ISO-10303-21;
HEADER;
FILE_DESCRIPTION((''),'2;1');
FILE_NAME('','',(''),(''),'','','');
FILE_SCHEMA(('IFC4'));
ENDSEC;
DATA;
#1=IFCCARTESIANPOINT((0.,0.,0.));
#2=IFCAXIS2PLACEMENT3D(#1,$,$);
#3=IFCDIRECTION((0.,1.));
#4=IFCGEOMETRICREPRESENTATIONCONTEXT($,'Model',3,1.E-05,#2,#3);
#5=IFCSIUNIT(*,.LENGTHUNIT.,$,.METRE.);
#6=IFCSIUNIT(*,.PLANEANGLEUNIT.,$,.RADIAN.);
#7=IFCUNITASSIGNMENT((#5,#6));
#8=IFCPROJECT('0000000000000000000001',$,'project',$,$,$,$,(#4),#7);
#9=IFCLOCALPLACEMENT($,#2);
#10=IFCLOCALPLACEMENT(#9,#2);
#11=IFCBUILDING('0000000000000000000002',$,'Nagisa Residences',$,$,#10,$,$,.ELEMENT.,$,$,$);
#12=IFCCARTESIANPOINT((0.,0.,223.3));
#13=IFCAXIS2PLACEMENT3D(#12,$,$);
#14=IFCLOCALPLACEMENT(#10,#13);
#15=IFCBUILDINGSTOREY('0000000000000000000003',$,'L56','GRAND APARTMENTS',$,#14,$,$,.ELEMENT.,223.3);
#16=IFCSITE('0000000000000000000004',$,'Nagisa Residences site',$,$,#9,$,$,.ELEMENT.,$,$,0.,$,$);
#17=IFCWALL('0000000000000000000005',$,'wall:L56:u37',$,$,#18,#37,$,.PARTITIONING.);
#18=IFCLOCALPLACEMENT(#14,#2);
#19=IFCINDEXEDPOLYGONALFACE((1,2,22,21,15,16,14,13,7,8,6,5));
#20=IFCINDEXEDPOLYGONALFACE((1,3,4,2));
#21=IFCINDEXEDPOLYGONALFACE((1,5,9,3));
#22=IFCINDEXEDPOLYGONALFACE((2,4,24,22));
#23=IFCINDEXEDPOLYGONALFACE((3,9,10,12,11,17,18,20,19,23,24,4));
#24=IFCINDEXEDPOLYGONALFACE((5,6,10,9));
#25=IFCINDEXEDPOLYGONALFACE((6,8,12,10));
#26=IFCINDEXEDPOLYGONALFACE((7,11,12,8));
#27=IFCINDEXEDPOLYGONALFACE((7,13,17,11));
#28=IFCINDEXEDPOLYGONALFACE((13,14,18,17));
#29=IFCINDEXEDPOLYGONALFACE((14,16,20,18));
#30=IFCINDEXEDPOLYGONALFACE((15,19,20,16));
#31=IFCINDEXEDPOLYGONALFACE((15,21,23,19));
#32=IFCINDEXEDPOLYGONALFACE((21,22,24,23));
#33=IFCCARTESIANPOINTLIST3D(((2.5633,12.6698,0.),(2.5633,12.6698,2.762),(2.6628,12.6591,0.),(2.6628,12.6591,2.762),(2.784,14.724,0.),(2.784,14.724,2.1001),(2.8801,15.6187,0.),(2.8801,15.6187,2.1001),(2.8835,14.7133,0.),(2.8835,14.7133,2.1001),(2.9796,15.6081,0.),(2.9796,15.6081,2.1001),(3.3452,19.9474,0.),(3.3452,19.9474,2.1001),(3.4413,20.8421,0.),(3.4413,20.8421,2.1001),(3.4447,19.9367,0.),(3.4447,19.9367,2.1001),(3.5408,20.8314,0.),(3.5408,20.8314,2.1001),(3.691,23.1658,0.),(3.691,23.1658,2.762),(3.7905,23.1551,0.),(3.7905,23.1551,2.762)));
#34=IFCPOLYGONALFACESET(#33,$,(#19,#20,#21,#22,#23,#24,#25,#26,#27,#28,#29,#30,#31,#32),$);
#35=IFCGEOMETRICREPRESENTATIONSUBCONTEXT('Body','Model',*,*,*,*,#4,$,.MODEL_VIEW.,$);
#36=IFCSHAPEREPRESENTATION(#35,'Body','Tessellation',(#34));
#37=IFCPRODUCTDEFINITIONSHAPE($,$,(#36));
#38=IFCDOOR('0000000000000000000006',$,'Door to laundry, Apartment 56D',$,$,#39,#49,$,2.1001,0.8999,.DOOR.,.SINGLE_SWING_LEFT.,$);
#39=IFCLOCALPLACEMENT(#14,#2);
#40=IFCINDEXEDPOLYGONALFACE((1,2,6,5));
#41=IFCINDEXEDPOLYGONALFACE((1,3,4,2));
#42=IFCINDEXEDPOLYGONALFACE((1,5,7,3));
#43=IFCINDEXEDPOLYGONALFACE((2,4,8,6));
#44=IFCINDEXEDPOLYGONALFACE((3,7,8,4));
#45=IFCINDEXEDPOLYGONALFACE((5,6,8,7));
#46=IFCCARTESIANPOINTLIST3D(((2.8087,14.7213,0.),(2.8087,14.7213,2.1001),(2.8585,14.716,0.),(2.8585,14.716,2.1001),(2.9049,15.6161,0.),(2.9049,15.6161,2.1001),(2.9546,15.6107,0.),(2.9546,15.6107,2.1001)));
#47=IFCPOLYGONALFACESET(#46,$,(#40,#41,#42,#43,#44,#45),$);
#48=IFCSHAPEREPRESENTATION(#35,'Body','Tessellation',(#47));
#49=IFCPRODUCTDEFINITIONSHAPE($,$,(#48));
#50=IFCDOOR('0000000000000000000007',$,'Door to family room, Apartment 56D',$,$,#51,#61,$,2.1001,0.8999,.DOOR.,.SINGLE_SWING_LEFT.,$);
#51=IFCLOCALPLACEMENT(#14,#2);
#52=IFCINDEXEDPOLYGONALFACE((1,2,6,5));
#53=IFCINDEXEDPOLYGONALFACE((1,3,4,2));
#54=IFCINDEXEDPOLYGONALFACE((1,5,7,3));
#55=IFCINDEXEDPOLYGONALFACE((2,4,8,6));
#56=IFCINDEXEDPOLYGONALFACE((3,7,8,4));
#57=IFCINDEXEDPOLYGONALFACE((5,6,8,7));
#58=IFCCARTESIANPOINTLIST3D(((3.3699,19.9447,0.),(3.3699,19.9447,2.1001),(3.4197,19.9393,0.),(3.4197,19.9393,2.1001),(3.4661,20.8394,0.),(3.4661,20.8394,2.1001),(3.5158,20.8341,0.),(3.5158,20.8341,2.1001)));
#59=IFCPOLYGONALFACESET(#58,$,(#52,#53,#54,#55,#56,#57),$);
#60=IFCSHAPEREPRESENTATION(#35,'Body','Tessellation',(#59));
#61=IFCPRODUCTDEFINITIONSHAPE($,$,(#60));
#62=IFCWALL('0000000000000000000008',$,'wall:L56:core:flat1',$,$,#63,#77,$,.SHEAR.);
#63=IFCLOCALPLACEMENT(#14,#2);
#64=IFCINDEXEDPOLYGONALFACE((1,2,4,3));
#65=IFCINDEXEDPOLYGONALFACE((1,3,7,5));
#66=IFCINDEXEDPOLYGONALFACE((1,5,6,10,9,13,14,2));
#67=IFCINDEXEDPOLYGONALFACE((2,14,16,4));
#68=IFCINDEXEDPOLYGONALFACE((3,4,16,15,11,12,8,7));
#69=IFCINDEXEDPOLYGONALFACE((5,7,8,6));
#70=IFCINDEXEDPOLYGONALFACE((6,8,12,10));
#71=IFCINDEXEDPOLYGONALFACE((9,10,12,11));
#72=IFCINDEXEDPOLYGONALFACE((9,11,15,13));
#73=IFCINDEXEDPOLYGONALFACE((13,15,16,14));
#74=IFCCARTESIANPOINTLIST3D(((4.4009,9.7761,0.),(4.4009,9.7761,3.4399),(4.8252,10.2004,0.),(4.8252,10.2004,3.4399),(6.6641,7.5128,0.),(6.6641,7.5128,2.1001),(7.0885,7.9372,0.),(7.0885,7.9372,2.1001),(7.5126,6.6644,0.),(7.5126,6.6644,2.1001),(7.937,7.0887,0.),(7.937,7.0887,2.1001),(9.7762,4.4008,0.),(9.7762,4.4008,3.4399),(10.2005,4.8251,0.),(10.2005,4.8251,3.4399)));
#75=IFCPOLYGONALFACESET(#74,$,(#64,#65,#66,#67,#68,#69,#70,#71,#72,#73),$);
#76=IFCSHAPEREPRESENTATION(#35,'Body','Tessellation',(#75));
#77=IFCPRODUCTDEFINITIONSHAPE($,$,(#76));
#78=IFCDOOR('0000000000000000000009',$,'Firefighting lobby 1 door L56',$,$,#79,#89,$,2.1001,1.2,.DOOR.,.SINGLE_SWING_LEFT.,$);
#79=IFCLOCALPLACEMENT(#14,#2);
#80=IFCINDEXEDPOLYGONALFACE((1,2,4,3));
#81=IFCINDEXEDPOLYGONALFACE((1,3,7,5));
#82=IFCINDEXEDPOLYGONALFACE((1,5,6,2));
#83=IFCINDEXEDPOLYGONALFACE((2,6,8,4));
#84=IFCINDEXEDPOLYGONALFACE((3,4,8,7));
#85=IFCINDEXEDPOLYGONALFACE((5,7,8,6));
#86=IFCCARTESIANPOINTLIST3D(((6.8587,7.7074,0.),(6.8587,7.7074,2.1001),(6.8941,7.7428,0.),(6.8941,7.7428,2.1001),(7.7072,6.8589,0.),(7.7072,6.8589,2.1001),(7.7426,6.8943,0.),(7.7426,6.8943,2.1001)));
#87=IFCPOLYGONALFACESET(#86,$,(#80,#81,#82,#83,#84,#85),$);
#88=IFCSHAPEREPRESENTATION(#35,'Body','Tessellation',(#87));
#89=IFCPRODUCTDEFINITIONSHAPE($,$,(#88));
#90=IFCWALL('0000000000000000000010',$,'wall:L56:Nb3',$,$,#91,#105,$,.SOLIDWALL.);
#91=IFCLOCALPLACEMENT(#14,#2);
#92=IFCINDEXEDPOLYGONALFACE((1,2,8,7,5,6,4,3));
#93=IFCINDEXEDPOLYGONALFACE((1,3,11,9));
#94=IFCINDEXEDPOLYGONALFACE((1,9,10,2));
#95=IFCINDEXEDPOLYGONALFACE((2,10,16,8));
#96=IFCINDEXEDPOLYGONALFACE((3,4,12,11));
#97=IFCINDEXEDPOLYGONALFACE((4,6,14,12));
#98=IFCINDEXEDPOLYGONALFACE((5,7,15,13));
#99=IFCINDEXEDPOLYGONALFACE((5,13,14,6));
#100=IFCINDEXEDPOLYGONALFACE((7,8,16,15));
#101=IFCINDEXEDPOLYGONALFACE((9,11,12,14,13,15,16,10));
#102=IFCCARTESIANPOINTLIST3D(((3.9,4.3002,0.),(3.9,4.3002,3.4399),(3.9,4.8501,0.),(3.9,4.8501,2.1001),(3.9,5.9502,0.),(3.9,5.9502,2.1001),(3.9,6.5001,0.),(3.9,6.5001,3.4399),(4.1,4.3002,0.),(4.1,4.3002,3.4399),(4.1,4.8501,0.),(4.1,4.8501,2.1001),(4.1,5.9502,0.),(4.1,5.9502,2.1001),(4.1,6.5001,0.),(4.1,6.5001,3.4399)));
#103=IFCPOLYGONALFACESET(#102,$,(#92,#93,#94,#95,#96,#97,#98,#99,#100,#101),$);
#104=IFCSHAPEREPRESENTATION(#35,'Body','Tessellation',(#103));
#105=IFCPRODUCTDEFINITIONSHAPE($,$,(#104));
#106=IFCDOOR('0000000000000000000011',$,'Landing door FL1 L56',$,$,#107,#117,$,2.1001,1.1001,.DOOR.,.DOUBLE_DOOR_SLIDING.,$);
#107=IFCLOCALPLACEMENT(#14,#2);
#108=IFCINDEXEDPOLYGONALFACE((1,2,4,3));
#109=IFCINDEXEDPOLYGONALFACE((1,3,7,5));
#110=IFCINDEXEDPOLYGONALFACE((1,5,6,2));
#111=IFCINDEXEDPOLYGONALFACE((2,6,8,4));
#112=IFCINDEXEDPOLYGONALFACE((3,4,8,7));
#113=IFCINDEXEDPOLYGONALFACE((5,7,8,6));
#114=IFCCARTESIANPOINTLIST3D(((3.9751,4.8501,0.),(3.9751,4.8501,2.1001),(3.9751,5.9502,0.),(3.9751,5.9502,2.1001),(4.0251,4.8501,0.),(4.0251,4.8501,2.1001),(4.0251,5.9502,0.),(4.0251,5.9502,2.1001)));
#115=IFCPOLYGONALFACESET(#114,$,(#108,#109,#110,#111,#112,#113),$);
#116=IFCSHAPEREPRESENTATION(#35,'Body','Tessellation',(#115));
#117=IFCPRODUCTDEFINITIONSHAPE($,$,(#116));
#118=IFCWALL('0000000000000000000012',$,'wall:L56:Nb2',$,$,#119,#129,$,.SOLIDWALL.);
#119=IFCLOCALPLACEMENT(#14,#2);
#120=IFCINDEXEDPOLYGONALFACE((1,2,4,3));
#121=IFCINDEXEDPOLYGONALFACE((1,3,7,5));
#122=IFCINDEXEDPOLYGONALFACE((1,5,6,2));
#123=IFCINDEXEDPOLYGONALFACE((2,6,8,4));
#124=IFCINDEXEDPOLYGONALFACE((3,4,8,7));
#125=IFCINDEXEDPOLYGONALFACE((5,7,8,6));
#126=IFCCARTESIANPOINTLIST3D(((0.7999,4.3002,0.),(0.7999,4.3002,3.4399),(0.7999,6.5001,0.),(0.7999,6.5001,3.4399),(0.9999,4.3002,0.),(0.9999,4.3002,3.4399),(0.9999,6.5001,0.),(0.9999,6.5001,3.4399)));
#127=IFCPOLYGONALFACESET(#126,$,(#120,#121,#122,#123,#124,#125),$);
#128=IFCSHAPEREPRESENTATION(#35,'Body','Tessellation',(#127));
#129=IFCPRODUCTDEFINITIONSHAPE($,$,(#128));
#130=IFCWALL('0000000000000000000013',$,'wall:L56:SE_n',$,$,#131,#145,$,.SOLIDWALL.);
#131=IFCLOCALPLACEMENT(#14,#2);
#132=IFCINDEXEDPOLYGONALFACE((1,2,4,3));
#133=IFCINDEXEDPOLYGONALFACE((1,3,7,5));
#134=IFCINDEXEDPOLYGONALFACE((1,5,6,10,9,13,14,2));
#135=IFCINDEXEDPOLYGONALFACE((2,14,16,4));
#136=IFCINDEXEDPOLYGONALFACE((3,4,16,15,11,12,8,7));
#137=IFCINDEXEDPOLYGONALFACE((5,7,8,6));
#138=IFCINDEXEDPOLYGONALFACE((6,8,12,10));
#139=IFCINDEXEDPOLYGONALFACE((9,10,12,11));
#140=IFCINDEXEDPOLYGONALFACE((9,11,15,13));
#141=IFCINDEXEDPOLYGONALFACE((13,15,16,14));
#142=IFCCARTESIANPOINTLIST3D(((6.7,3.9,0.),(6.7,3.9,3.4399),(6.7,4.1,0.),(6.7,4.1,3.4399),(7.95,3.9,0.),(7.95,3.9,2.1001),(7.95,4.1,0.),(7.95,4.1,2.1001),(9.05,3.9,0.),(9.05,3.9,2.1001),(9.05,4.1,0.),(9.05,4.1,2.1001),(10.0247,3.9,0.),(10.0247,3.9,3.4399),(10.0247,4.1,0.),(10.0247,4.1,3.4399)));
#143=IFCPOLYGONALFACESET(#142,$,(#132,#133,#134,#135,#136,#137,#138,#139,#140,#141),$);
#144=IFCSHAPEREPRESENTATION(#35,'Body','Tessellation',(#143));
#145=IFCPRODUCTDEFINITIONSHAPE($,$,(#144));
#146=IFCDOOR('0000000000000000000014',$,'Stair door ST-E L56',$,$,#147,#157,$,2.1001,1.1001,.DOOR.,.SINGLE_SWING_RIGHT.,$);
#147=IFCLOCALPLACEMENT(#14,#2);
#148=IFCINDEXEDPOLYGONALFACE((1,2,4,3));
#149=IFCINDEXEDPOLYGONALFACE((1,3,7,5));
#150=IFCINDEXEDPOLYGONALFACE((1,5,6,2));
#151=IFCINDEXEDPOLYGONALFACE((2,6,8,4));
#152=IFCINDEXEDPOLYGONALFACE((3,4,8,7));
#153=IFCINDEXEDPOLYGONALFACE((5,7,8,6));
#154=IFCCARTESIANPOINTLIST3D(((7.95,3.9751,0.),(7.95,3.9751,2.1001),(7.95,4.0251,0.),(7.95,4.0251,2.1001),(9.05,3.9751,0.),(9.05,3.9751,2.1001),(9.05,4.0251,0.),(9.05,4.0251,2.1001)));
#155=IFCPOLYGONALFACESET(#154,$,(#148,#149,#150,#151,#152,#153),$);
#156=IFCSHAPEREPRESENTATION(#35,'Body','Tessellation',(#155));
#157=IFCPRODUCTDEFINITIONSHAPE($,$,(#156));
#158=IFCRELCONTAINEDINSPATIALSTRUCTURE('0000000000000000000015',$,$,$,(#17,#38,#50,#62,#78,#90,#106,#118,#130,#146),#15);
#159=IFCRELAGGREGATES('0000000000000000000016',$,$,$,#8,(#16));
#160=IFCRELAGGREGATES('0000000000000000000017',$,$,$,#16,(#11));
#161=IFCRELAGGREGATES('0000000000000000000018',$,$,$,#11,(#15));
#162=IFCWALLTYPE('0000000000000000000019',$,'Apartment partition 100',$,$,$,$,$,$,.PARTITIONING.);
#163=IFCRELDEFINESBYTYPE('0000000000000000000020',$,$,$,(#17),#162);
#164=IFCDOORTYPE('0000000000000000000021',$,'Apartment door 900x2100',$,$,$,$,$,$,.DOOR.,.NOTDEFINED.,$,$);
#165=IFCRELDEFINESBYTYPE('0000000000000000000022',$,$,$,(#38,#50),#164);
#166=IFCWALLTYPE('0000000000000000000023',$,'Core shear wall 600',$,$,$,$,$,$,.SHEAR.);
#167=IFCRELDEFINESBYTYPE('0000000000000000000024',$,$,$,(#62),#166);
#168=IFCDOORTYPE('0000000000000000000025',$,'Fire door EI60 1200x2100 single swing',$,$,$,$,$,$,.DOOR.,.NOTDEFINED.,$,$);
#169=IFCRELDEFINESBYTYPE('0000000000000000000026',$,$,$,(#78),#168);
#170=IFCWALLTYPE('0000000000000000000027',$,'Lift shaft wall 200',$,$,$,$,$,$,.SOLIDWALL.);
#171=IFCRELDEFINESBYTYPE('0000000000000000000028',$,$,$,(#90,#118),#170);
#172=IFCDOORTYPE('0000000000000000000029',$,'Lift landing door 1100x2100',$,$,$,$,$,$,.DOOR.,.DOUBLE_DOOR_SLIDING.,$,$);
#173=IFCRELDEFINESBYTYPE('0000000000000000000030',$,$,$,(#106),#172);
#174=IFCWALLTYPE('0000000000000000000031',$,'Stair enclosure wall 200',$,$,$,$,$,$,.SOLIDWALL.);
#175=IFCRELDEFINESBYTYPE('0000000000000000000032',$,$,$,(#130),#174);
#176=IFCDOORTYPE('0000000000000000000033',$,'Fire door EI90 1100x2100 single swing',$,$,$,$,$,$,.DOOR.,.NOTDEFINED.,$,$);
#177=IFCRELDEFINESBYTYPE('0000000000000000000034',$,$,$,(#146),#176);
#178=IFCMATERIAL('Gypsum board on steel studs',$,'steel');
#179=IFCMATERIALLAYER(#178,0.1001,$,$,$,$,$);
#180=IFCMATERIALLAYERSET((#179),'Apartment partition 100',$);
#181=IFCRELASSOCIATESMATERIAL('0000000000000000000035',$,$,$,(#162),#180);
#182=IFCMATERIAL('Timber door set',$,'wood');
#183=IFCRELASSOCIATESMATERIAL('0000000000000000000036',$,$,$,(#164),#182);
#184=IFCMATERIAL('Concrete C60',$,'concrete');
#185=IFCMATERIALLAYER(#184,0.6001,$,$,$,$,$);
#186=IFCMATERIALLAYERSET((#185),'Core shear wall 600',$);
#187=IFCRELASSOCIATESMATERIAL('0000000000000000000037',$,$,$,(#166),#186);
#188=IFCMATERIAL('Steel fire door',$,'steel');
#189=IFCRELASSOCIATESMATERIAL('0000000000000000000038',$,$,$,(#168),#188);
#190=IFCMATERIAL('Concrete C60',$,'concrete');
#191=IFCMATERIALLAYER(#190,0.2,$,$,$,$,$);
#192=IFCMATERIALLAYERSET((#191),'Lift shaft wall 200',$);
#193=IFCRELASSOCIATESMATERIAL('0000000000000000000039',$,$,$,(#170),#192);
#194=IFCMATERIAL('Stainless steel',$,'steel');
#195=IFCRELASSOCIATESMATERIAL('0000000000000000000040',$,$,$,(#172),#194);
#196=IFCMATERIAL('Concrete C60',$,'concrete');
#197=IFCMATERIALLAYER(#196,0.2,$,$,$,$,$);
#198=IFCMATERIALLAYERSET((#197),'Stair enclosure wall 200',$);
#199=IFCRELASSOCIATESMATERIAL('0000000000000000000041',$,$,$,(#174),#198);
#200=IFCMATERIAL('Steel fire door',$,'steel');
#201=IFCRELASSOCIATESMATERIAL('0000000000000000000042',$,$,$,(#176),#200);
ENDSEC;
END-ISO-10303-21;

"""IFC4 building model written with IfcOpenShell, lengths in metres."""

from ifc_helpers import new_model, si_unit, direction, frame, frame_2d, origin, place, context, subcontext, project, spatial, rectangle, extrude, material, layer, layer_set, type_object, element, fill, save


model = new_model("IFC4")

# Units and contexts
model_context = context("Model", 3, precision=1e-05, world=origin(), true_north=direction((0.0, 1.0)))
body_context = subcontext(model_context, "Body", "Model", "MODEL_VIEW")
ifc_project = project(units=[si_unit("LENGTHUNIT", "METRE"), si_unit("PLANEANGLEUNIT", "RADIAN")], contexts=[model_context])

# Site, building, storey
site_placement = place(None, origin())
site = spatial("IfcSite", under=ifc_project, at=site_placement, Name="Nagisa Residences site", CompositionType="ELEMENT", RefElevation=0.0)
building_placement = place(site_placement, origin())
building = spatial("IfcBuilding", under=site, at=building_placement, Name="Nagisa Residences", CompositionType="ELEMENT")
storey_placement = place(building_placement, frame((0.0, 0.0, 223.3)))
storey = spatial("IfcBuildingStorey", under=building, at=storey_placement, Name="L56", Description="GRAND APARTMENTS", CompositionType="ELEMENT", Elevation=223.3)

# Shared definitions
ifc_material_1 = material(Name="Gypsum board on steel studs", Category="steel")
ifc_layer_1 = layer(ifc_material_1, 0.1001)
ifc_layer_set_1 = layer_set([ifc_layer_1], Name="Apartment partition 100")
wall_type_1 = type_object("IfcWallType", Name="Apartment partition 100", PredefinedType="PARTITIONING", material=ifc_layer_set_1)
ifc_material_2 = material(Name="Timber door set", Category="wood")
door_type_1 = type_object("IfcDoorType", Name="Apartment door 900x2100", OperationType="NOTDEFINED", PredefinedType="DOOR", material=ifc_material_2)

# Wall, openings, doors
wall_1_placement = place(storey_placement, frame((2.613, 12.6643, 0.0), z_axis=(0.0, 0.0, 1.0), x_axis=(0.106824, 0.994278, 0.0)))
wall_1 = element("IfcWall", 1, at=wall_1_placement, inside=storey, type_object=wall_type_1, Name="wall:L56:u37", PredefinedType="PARTITIONING", context=body_context, shape_type="SweptSolid", body=[
    extrude(rectangle(XDim=10.5564, YDim=0.1001, at=frame_2d((5.2783, 0.0))), origin(), (0.0, 0.0, 1.0), 2.762),
])
opening_1_placement = place(wall_1_placement, frame((2.0662, 0.0, 0.0)))
opening_1 = element("IfcOpeningElement", 2, at=opening_1_placement, cuts=wall_1, PredefinedType="OPENING", context=body_context, shape_type="SweptSolid", body=[
    extrude(rectangle(XDim=0.8999, YDim=2.1001, at=frame_2d((0.45, 1.05))), frame((0.0, 0.0601, 0.0), z_axis=(0.0, -1.0, 0.0), x_axis=(1.0, 0.0, 0.0)), (0.0, 0.0, 1.0), 0.1201),
])
opening_2_placement = place(wall_1_placement, frame((7.3196, 0.0, 0.0)))
opening_2 = element("IfcOpeningElement", 3, at=opening_2_placement, cuts=wall_1, PredefinedType="OPENING", context=body_context, shape_type="SweptSolid", body=[
    extrude(rectangle(XDim=0.8999, YDim=2.1001, at=frame_2d((0.45, 1.05))), frame((0.0, 0.0601, 0.0), z_axis=(0.0, -1.0, 0.0), x_axis=(1.0, 0.0, 0.0)), (0.0, 0.0, 1.0), 0.1201),
])
door_1_placement = place(opening_1_placement, frame((0.8999, 0.0, 0.0), x_axis=(-1.0, 0.0, 0.0)))
door_1 = element("IfcDoor", 4, at=door_1_placement, inside=storey, type_object=door_type_1, Name="Door to laundry, Apartment 56D", OperationType="SINGLE_SWING_LEFT", OverallHeight=2.1001, OverallWidth=0.8999, PredefinedType="DOOR", context=body_context, shape_type="SweptSolid", body=[
    extrude(rectangle(XDim=0.8999, YDim=2.1001, at=frame_2d((0.45, 1.05))), frame((0.0, 0.0249, 0.0), z_axis=(0.0, -1.0, 0.0), x_axis=(1.0, 0.0, 0.0)), (0.0, 0.0, 1.0), 0.05),
])
fill(opening_1, door_1)
door_2_placement = place(opening_2_placement, frame((0.8999, 0.0, 0.0), x_axis=(-1.0, 0.0, 0.0)))
door_2 = element("IfcDoor", 5, at=door_2_placement, inside=storey, type_object=door_type_1, Name="Door to family room, Apartment 56D", OperationType="SINGLE_SWING_LEFT", OverallHeight=2.1001, OverallWidth=0.8999, PredefinedType="DOOR", context=body_context, shape_type="SweptSolid", body=[
    extrude(rectangle(XDim=0.8999, YDim=2.1001, at=frame_2d((0.45, 1.05))), frame((0.0, 0.0249, 0.0), z_axis=(0.0, -1.0, 0.0), x_axis=(1.0, 0.0, 0.0)), (0.0, 0.0, 1.0), 0.05),
])
fill(opening_2, door_2)

# Walls, openings, doors
ifc_material_3 = material(Name="Concrete C60", Category="concrete")
ifc_layer_2 = layer(ifc_material_3, 0.6001)
ifc_layer_set_2 = layer_set([ifc_layer_2], Name="Core shear wall 600")
wall_type_2 = type_object("IfcWallType", Name="Core shear wall 600", PredefinedType="SHEAR", material=ifc_layer_set_2)
wall_2_placement = place(storey_placement, frame((9.9883, 4.613, 0.0), z_axis=(0.0, 0.0, 1.0), x_axis=(-0.707107, 0.707107, 0.0)))
wall_2 = element("IfcWall", 6, at=wall_2_placement, inside=storey, type_object=wall_type_2, Name="wall:L56:core:flat1", PredefinedType="SHEAR", context=body_context, shape_type="SweptSolid", body=[
    extrude(rectangle(XDim=7.6018, YDim=0.6001, at=frame_2d((3.8008, 0.0))), origin(), (0.0, 0.0, 1.0), 3.4399),
])
opening_3_placement = place(wall_2_placement, frame((3.2009, 0.0, 0.0)))
opening_3 = element("IfcOpeningElement", 7, at=opening_3_placement, cuts=wall_2, PredefinedType="OPENING", context=body_context, shape_type="SweptSolid", body=[
    extrude(rectangle(XDim=1.2, YDim=2.1001, at=frame_2d((0.6001, 1.05))), frame((0.0, 0.3101, 0.0), z_axis=(0.0, -1.0, 0.0), x_axis=(1.0, 0.0, 0.0)), (0.0, 0.0, 1.0), 0.6201),
])
ifc_material_4 = material(Name="Steel fire door", Category="steel")
door_type_2 = type_object("IfcDoorType", Name="Fire door EI60 1200x2100 single swing", OperationType="NOTDEFINED", PredefinedType="DOOR", material=ifc_material_4)
door_3_placement = place(opening_3_placement, origin())
door_3 = element("IfcDoor", 8, at=door_3_placement, inside=storey, type_object=door_type_2, Name="Firefighting lobby 1 door L56", OperationType="SINGLE_SWING_LEFT", OverallHeight=2.1001, OverallWidth=1.2, PredefinedType="DOOR", context=body_context, shape_type="SweptSolid", body=[
    extrude(rectangle(XDim=1.2, YDim=2.1001, at=frame_2d((0.6001, 1.05))), frame((0.0, 0.0249, 0.0), z_axis=(0.0, -1.0, 0.0), x_axis=(1.0, 0.0, 0.0)), (0.0, 0.0, 1.0), 0.05),
])
fill(opening_3, door_3)
ifc_material_5 = material(Name="Concrete C60", Category="concrete")
ifc_layer_3 = layer(ifc_material_5, 0.2)
ifc_layer_set_3 = layer_set([ifc_layer_3], Name="Lift shaft wall 200")
wall_type_3 = type_object("IfcWallType", Name="Lift shaft wall 200", PredefinedType="SOLIDWALL", material=ifc_layer_set_3)
wall_3_placement = place(storey_placement, frame((4.0, 4.3, 0.0), z_axis=(0.0, 0.0, 1.0), x_axis=(0.0, 1.0, 0.0)))
wall_3 = element("IfcWall", 9, at=wall_3_placement, inside=storey, type_object=wall_type_3, Name="wall:L56:Nb3", PredefinedType="SOLIDWALL", context=body_context, shape_type="SweptSolid", body=[
    extrude(rectangle(XDim=2.2, YDim=0.2, at=frame_2d((1.1001, 0.0))), origin(), (0.0, 0.0, 1.0), 3.4399),
])
opening_4_placement = place(wall_3_placement, frame((0.55, 0.0, 0.0)))
opening_4 = element("IfcOpeningElement", 10, at=opening_4_placement, cuts=wall_3, PredefinedType="OPENING", context=body_context, shape_type="SweptSolid", body=[
    extrude(rectangle(XDim=1.1001, YDim=2.1001, at=frame_2d((0.55, 1.05))), frame((0.0, 0.1099, 0.0), z_axis=(0.0, -1.0, 0.0), x_axis=(1.0, 0.0, 0.0)), (0.0, 0.0, 1.0), 0.22),
])
ifc_material_6 = material(Name="Stainless steel", Category="steel")
door_type_3 = type_object("IfcDoorType", Name="Lift landing door 1100x2100", OperationType="DOUBLE_DOOR_SLIDING", PredefinedType="DOOR", material=ifc_material_6)
door_4_placement = place(opening_4_placement, origin())
door_4 = element("IfcDoor", 11, at=door_4_placement, inside=storey, type_object=door_type_3, Name="Landing door FL1 L56", OperationType="DOUBLE_DOOR_SLIDING", OverallHeight=2.1001, OverallWidth=1.1001, PredefinedType="DOOR", context=body_context, shape_type="SweptSolid", body=[
    extrude(rectangle(XDim=1.1001, YDim=2.1001, at=frame_2d((0.55, 1.05))), frame((0.0, 0.0249, 0.0), z_axis=(0.0, -1.0, 0.0), x_axis=(1.0, 0.0, 0.0)), (0.0, 0.0, 1.0), 0.05),
])
fill(opening_4, door_4)

# Wall
wall_4_placement = place(storey_placement, frame((0.8999, 4.3, 0.0), z_axis=(0.0, 0.0, 1.0), x_axis=(0.0, 1.0, 0.0)))
element("IfcWall", 12, at=wall_4_placement, inside=storey, type_object=wall_type_3, Name="wall:L56:Nb2", PredefinedType="SOLIDWALL", context=body_context, shape_type="SweptSolid", body=[
    extrude(rectangle(XDim=2.2, YDim=0.2, at=frame_2d((1.1001, 0.0))), origin(), (0.0, 0.0, 1.0), 3.4399),
])

# Wall, opening, door
ifc_material_7 = material(Name="Concrete C60", Category="concrete")
ifc_layer_4 = layer(ifc_material_7, 0.2)
ifc_layer_set_4 = layer_set([ifc_layer_4], Name="Stair enclosure wall 200")
wall_type_4 = type_object("IfcWallType", Name="Stair enclosure wall 200", PredefinedType="SOLIDWALL", material=ifc_layer_set_4)
wall_5_placement = place(storey_placement, frame((6.7, 4.0, 0.0), z_axis=(0.0, 0.0, 1.0), x_axis=(1.0, 0.0, 0.0)))
wall_5 = element("IfcWall", 13, at=wall_5_placement, inside=storey, type_object=wall_type_4, Name="wall:L56:SE_n", PredefinedType="SOLIDWALL", context=body_context, shape_type="SweptSolid", body=[
    extrude(rectangle(XDim=3.3247, YDim=0.2, at=frame_2d((1.6624, 0.0))), origin(), (0.0, 0.0, 1.0), 3.4399),
])
opening_5_placement = place(wall_5_placement, frame((1.25, 0.0, 0.0)))
opening_5 = element("IfcOpeningElement", 14, at=opening_5_placement, cuts=wall_5, PredefinedType="OPENING", context=body_context, shape_type="SweptSolid", body=[
    extrude(rectangle(XDim=1.1001, YDim=2.1001, at=frame_2d((0.55, 1.05))), frame((0.0, 0.1099, 0.0), z_axis=(0.0, -1.0, 0.0), x_axis=(1.0, 0.0, 0.0)), (0.0, 0.0, 1.0), 0.22),
])
ifc_material_8 = material(Name="Steel fire door", Category="steel")
door_type_4 = type_object("IfcDoorType", Name="Fire door EI90 1100x2100 single swing", OperationType="NOTDEFINED", PredefinedType="DOOR", material=ifc_material_8)
door_5_placement = place(opening_5_placement, frame((1.1001, 0.0, 0.0), x_axis=(-1.0, 0.0, 0.0)))
door_5 = element("IfcDoor", 15, at=door_5_placement, inside=storey, type_object=door_type_4, Name="Stair door ST-E L56", OperationType="SINGLE_SWING_RIGHT", OverallHeight=2.1001, OverallWidth=1.1001, PredefinedType="DOOR", context=body_context, shape_type="SweptSolid", body=[
    extrude(rectangle(XDim=1.1001, YDim=2.1001, at=frame_2d((0.55, 1.05))), frame((0.0, 0.0249, 0.0), z_axis=(0.0, -1.0, 0.0), x_axis=(1.0, 0.0, 0.0)), (0.0, 0.0, 1.0), 0.05),
])
fill(opening_5, door_5)

save(model, "model.ifc")
